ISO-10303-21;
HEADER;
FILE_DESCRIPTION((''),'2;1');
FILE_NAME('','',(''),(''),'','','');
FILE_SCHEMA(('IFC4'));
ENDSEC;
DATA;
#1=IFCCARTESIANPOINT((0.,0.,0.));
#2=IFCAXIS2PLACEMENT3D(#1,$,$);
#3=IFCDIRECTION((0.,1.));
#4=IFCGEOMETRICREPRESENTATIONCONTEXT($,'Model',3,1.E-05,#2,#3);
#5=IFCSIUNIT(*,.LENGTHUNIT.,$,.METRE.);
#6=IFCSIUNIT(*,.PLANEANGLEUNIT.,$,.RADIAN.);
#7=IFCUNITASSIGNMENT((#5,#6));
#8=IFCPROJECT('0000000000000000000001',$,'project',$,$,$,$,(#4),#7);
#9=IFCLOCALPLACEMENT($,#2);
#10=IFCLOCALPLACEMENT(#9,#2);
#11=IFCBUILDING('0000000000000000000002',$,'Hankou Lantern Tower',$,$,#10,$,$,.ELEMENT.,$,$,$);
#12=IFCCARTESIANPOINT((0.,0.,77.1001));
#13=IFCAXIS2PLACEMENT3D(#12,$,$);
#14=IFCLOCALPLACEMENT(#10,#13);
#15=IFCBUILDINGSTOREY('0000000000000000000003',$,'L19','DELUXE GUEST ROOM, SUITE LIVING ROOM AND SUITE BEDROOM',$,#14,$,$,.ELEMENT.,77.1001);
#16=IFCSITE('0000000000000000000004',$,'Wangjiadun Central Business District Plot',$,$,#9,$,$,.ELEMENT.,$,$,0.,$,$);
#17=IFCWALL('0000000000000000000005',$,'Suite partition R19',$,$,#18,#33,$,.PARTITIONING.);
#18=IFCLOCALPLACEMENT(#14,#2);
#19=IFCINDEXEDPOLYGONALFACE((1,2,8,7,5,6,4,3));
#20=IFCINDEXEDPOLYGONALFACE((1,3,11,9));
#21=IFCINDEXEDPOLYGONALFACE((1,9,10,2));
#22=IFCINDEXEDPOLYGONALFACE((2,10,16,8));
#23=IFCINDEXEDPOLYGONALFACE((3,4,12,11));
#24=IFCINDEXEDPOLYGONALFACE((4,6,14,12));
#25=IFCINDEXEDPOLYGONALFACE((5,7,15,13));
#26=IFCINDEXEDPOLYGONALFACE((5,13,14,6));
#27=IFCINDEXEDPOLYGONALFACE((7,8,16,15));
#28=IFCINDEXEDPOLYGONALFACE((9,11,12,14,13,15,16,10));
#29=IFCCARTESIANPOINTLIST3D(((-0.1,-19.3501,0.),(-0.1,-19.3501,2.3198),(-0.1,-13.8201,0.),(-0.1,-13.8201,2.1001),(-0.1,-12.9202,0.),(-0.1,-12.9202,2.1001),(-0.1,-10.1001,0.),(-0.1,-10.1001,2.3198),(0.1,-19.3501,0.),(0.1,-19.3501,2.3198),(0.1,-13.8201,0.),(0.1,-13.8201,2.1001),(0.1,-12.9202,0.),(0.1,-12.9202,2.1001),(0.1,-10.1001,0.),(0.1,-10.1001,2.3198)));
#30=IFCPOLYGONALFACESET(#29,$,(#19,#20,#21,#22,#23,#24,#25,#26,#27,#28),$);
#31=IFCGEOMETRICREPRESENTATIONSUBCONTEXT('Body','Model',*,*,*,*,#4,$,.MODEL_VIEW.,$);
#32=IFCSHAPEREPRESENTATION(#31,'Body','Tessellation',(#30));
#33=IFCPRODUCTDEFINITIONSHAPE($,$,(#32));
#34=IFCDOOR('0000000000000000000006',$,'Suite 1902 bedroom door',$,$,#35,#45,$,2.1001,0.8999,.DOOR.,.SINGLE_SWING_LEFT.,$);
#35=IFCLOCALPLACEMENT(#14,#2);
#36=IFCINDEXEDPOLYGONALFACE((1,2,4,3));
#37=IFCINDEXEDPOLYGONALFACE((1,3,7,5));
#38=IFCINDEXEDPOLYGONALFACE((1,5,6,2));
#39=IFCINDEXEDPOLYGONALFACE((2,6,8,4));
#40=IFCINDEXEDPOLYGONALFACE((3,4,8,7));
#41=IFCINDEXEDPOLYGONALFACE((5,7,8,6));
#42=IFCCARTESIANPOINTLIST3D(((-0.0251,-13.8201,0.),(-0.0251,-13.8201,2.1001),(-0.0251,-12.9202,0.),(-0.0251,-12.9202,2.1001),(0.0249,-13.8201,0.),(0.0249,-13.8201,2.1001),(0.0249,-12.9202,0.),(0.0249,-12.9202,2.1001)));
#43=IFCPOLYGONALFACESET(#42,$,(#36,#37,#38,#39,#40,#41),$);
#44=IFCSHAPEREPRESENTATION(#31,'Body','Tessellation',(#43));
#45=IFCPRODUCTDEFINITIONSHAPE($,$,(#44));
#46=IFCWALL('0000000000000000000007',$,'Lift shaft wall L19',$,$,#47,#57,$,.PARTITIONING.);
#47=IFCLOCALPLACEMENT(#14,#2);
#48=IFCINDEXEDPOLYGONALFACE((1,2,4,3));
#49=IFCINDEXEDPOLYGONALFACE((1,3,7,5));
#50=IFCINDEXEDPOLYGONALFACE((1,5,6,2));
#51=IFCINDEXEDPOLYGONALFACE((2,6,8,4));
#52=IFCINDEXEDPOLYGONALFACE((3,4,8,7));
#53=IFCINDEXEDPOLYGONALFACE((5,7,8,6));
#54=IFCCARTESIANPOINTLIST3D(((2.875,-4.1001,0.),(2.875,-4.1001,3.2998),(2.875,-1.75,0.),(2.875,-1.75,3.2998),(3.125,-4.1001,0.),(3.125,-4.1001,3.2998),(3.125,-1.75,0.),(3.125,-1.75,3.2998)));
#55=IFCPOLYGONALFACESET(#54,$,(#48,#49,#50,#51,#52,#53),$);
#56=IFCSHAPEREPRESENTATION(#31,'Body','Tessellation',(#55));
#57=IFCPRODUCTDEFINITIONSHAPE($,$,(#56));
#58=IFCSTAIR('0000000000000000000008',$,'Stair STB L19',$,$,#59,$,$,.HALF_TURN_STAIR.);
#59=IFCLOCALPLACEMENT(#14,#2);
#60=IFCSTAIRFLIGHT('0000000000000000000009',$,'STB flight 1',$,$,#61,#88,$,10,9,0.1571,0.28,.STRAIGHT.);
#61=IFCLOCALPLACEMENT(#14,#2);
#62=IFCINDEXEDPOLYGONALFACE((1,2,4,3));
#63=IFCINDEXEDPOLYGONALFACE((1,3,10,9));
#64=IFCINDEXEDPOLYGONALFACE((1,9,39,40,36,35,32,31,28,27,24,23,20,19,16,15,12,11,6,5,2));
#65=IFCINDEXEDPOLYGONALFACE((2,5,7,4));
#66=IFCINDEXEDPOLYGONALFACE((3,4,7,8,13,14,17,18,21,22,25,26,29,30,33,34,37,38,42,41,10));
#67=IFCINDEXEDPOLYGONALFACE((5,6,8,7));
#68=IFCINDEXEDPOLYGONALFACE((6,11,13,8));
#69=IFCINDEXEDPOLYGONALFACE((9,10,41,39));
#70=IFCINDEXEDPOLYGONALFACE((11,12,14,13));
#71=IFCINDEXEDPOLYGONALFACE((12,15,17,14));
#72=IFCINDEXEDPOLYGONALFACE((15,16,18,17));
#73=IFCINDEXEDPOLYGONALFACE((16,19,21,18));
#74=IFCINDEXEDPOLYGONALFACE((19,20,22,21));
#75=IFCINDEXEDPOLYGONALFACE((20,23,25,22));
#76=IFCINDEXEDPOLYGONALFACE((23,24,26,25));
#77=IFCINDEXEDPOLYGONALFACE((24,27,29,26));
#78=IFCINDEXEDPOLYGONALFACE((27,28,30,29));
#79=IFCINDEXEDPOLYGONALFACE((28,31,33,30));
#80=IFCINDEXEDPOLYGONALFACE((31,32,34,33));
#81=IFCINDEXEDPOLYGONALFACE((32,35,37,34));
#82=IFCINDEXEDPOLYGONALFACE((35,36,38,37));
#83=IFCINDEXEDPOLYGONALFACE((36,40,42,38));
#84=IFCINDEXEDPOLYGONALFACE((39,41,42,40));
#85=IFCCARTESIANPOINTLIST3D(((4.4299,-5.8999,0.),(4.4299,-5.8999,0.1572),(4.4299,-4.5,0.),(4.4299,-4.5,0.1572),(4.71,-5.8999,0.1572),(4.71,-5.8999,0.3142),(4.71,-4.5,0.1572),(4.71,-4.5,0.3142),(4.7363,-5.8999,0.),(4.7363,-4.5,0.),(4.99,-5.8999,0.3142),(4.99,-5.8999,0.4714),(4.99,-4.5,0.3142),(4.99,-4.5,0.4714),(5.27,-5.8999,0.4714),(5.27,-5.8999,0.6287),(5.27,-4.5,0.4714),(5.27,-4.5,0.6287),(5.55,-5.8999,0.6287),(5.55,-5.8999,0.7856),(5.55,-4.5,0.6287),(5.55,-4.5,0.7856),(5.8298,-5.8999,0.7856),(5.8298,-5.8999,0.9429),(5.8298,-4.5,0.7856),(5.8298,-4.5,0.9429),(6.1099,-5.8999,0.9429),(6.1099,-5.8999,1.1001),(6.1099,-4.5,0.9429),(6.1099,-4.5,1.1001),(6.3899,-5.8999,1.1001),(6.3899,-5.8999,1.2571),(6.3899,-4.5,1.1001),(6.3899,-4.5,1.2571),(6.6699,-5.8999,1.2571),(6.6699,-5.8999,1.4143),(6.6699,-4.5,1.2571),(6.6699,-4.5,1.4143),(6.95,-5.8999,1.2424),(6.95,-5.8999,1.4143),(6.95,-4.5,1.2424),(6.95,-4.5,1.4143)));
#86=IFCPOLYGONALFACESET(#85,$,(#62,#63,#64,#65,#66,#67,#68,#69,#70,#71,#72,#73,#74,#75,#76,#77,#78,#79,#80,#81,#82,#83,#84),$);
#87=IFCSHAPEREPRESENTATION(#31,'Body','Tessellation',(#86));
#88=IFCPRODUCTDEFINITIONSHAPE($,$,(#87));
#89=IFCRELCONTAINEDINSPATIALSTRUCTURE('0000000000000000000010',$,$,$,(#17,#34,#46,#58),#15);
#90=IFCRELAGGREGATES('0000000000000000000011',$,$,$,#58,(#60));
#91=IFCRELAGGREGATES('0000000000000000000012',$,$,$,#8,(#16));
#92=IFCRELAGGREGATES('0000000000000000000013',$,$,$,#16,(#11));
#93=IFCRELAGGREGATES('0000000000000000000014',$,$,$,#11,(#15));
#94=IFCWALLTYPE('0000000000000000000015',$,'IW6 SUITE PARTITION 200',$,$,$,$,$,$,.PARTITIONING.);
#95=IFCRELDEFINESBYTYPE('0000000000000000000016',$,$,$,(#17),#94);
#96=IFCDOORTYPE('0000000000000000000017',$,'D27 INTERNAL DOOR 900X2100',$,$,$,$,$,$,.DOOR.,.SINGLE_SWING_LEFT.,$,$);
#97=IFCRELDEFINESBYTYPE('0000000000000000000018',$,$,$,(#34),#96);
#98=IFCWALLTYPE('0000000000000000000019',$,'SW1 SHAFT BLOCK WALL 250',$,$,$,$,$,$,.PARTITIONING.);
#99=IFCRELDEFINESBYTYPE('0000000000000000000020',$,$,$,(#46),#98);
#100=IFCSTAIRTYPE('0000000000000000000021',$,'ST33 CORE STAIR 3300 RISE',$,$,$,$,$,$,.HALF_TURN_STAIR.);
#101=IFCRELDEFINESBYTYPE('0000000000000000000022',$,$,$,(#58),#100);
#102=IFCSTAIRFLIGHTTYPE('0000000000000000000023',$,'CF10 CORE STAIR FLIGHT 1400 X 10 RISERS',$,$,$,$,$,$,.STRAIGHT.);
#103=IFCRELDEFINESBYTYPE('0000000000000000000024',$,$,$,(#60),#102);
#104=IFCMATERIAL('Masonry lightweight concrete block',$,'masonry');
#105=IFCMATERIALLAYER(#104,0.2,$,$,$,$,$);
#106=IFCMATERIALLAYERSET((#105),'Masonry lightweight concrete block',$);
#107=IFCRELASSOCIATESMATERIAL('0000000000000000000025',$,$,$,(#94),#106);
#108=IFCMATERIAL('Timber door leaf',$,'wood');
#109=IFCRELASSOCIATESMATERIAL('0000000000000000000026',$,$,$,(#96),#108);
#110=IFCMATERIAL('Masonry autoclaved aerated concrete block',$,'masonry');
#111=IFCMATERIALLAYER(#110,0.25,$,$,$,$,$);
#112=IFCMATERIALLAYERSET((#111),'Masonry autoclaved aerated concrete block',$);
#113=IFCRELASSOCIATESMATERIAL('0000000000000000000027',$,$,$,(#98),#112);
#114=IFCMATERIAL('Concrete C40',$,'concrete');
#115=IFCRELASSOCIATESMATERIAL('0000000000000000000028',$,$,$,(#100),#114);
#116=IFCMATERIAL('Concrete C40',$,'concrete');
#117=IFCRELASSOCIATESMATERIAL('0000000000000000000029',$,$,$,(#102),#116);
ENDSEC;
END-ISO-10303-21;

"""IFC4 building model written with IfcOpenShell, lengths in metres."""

from ifc_helpers import new_model, si_unit, direction, frame, frame_2d, origin, place, context, subcontext, project, spatial, polyline, rectangle, outline, extrude, material, layer, layer_set, type_object, element, fill, aggregate, save


model = new_model("IFC4")

# Units and contexts
model_context = context("Model", 3, precision=1e-05, world=origin(), true_north=direction((0.0, 1.0)))
body_context = subcontext(model_context, "Body", "Model", "MODEL_VIEW")
ifc_project = project(units=[si_unit("LENGTHUNIT", "METRE"), si_unit("PLANEANGLEUNIT", "RADIAN")], contexts=[model_context])

# Site, building, storey
site_placement = place(None, origin())
site = spatial("IfcSite", under=ifc_project, at=site_placement, Name="Wangjiadun Central Business District Plot", CompositionType="ELEMENT", RefElevation=0.0)
building_placement = place(site_placement, origin())
building = spatial("IfcBuilding", under=site, at=building_placement, Name="Hankou Lantern Tower", CompositionType="ELEMENT")
storey_placement = place(building_placement, frame((0.0, 0.0, 77.1001)))
storey = spatial("IfcBuildingStorey", under=building, at=storey_placement, Name="L19", Description="DELUXE GUEST ROOM, SUITE LIVING ROOM AND SUITE BEDROOM", CompositionType="ELEMENT", Elevation=77.1001)

# Wall, opening, door
ifc_material_1 = material(Name="Masonry lightweight concrete block", Category="masonry")
ifc_layer_1 = layer(ifc_material_1, 0.2)
ifc_layer_set_1 = layer_set([ifc_layer_1], Name="Masonry lightweight concrete block")
wall_type_1 = type_object("IfcWallType", Name="IW6 SUITE PARTITION 200", PredefinedType="PARTITIONING", material=ifc_layer_set_1)
wall_1_placement = place(storey_placement, frame((0.0, -10.1001, 0.0), z_axis=(0.0, 0.0, 1.0), x_axis=(0.0, -1.0, 0.0)))
wall_1 = element("IfcWall", 1, at=wall_1_placement, inside=storey, type_object=wall_type_1, Name="Suite partition R19", PredefinedType="PARTITIONING", context=body_context, shape_type="SweptSolid", body=[
    extrude(rectangle(XDim=9.25, YDim=0.2, at=frame_2d((4.625, 0.0))), origin(), (0.0, 0.0, 1.0), 2.3198),
])
opening_1_placement = place(wall_1_placement, frame((2.8201, 0.0, 0.0)))
opening_1 = element("IfcOpeningElement", 2, at=opening_1_placement, cuts=wall_1, PredefinedType="OPENING", context=body_context, shape_type="SweptSolid", body=[
    extrude(rectangle(XDim=0.8999, YDim=2.1001, at=frame_2d((0.45, 1.05))), frame((0.0, 0.1099, 0.0), z_axis=(0.0, -1.0, 0.0), x_axis=(1.0, 0.0, 0.0)), (0.0, 0.0, 1.0), 0.22),
])
ifc_material_2 = material(Name="Timber door leaf", Category="wood")
door_type_1 = type_object("IfcDoorType", Name="D27 INTERNAL DOOR 900X2100", OperationType="SINGLE_SWING_LEFT", PredefinedType="DOOR", material=ifc_material_2)
door_1_placement = place(opening_1_placement, origin())
door_1 = element("IfcDoor", 3, at=door_1_placement, inside=storey, type_object=door_type_1, Name="Suite 1902 bedroom door", OperationType="SINGLE_SWING_LEFT", OverallHeight=2.1001, OverallWidth=0.8999, PredefinedType="DOOR", context=body_context, shape_type="SweptSolid", body=[
    extrude(rectangle(XDim=0.8999, YDim=2.1001, at=frame_2d((0.45, 1.05))), frame((0.0, 0.0249, 0.0), z_axis=(0.0, -1.0, 0.0), x_axis=(1.0, 0.0, 0.0)), (0.0, 0.0, 1.0), 0.05),
])
fill(opening_1, door_1)

# Wall
ifc_material_3 = material(Name="Masonry autoclaved aerated concrete block", Category="masonry")
ifc_layer_2 = layer(ifc_material_3, 0.25)
ifc_layer_set_2 = layer_set([ifc_layer_2], Name="Masonry autoclaved aerated concrete block")
wall_type_2 = type_object("IfcWallType", Name="SW1 SHAFT BLOCK WALL 250", PredefinedType="PARTITIONING", material=ifc_layer_set_2)
wall_2_placement = place(storey_placement, frame((3.0, -4.1001, 0.0), z_axis=(0.0, 0.0, 1.0), x_axis=(0.0, 1.0, 0.0)))
element("IfcWall", 4, at=wall_2_placement, inside=storey, type_object=wall_type_2, Name="Lift shaft wall L19", PredefinedType="PARTITIONING", context=body_context, shape_type="SweptSolid", body=[
    extrude(rectangle(XDim=2.3501, YDim=0.25, at=frame_2d((1.175, 0.0))), origin(), (0.0, 0.0, 1.0), 3.2998),
])

# Stair, stair flight
ifc_material_4 = material(Name="Concrete C40", Category="concrete")
stair_type = type_object("IfcStairType", Name="ST33 CORE STAIR 3300 RISE", PredefinedType="HALF_TURN_STAIR", material=ifc_material_4)
stair_placement = place(storey_placement, origin())
stair = element("IfcStair", 5, at=stair_placement, inside=storey, type_object=stair_type, Name="Stair STB L19", PredefinedType="HALF_TURN_STAIR")
ifc_material_5 = material(Name="Concrete C40", Category="concrete")
stair_flight_type = type_object("IfcStairFlightType", Name="CF10 CORE STAIR FLIGHT 1400 X 10 RISERS", PredefinedType="STRAIGHT", material=ifc_material_5)
stair_flight_placement = place(storey_placement, frame((4.4299, -5.2, 0.0), z_axis=(0.0, 0.0, 1.0), x_axis=(1.0, 0.0, 0.0)))
stair_flight = element("IfcStairFlight", 6, at=stair_flight_placement, type_object=stair_flight_type, Name="STB flight 1", NumberOfRisers=10, NumberOfTreads=9, PredefinedType="STRAIGHT", RiserHeight=0.1571, TreadLength=0.28, context=body_context, shape_type="SweptSolid", body=[
    extrude(outline(polyline([(0.0, 0.0), (0.0, 0.1572), (0.28, 0.1572), (0.28, 0.3142), (0.5601, 0.3142), (0.5601, 0.4714), (0.8401, 0.4714), (0.8401, 0.6287), (1.1201, 0.6287), (1.1201, 0.7856), (1.3999, 0.7856), (1.3999, 0.9429), (1.6799, 0.9429), (1.6799, 1.1001), (1.96, 1.1001), (1.96, 1.2571), (2.24, 1.2571), (2.24, 1.4143), (2.52, 1.4143), (2.52, 1.5715), (2.52, 1.2424), (0.3064, 0.0), (0.0, 0.0)])), frame((0.0, 0.7, 0.0), z_axis=(0.0, -1.0, 0.0), x_axis=(1.0, 0.0, 0.0)), (0.0, 0.0, 1.0), 1.3999),
])
aggregate(stair, [stair_flight])

save(model, "model.ifc")
